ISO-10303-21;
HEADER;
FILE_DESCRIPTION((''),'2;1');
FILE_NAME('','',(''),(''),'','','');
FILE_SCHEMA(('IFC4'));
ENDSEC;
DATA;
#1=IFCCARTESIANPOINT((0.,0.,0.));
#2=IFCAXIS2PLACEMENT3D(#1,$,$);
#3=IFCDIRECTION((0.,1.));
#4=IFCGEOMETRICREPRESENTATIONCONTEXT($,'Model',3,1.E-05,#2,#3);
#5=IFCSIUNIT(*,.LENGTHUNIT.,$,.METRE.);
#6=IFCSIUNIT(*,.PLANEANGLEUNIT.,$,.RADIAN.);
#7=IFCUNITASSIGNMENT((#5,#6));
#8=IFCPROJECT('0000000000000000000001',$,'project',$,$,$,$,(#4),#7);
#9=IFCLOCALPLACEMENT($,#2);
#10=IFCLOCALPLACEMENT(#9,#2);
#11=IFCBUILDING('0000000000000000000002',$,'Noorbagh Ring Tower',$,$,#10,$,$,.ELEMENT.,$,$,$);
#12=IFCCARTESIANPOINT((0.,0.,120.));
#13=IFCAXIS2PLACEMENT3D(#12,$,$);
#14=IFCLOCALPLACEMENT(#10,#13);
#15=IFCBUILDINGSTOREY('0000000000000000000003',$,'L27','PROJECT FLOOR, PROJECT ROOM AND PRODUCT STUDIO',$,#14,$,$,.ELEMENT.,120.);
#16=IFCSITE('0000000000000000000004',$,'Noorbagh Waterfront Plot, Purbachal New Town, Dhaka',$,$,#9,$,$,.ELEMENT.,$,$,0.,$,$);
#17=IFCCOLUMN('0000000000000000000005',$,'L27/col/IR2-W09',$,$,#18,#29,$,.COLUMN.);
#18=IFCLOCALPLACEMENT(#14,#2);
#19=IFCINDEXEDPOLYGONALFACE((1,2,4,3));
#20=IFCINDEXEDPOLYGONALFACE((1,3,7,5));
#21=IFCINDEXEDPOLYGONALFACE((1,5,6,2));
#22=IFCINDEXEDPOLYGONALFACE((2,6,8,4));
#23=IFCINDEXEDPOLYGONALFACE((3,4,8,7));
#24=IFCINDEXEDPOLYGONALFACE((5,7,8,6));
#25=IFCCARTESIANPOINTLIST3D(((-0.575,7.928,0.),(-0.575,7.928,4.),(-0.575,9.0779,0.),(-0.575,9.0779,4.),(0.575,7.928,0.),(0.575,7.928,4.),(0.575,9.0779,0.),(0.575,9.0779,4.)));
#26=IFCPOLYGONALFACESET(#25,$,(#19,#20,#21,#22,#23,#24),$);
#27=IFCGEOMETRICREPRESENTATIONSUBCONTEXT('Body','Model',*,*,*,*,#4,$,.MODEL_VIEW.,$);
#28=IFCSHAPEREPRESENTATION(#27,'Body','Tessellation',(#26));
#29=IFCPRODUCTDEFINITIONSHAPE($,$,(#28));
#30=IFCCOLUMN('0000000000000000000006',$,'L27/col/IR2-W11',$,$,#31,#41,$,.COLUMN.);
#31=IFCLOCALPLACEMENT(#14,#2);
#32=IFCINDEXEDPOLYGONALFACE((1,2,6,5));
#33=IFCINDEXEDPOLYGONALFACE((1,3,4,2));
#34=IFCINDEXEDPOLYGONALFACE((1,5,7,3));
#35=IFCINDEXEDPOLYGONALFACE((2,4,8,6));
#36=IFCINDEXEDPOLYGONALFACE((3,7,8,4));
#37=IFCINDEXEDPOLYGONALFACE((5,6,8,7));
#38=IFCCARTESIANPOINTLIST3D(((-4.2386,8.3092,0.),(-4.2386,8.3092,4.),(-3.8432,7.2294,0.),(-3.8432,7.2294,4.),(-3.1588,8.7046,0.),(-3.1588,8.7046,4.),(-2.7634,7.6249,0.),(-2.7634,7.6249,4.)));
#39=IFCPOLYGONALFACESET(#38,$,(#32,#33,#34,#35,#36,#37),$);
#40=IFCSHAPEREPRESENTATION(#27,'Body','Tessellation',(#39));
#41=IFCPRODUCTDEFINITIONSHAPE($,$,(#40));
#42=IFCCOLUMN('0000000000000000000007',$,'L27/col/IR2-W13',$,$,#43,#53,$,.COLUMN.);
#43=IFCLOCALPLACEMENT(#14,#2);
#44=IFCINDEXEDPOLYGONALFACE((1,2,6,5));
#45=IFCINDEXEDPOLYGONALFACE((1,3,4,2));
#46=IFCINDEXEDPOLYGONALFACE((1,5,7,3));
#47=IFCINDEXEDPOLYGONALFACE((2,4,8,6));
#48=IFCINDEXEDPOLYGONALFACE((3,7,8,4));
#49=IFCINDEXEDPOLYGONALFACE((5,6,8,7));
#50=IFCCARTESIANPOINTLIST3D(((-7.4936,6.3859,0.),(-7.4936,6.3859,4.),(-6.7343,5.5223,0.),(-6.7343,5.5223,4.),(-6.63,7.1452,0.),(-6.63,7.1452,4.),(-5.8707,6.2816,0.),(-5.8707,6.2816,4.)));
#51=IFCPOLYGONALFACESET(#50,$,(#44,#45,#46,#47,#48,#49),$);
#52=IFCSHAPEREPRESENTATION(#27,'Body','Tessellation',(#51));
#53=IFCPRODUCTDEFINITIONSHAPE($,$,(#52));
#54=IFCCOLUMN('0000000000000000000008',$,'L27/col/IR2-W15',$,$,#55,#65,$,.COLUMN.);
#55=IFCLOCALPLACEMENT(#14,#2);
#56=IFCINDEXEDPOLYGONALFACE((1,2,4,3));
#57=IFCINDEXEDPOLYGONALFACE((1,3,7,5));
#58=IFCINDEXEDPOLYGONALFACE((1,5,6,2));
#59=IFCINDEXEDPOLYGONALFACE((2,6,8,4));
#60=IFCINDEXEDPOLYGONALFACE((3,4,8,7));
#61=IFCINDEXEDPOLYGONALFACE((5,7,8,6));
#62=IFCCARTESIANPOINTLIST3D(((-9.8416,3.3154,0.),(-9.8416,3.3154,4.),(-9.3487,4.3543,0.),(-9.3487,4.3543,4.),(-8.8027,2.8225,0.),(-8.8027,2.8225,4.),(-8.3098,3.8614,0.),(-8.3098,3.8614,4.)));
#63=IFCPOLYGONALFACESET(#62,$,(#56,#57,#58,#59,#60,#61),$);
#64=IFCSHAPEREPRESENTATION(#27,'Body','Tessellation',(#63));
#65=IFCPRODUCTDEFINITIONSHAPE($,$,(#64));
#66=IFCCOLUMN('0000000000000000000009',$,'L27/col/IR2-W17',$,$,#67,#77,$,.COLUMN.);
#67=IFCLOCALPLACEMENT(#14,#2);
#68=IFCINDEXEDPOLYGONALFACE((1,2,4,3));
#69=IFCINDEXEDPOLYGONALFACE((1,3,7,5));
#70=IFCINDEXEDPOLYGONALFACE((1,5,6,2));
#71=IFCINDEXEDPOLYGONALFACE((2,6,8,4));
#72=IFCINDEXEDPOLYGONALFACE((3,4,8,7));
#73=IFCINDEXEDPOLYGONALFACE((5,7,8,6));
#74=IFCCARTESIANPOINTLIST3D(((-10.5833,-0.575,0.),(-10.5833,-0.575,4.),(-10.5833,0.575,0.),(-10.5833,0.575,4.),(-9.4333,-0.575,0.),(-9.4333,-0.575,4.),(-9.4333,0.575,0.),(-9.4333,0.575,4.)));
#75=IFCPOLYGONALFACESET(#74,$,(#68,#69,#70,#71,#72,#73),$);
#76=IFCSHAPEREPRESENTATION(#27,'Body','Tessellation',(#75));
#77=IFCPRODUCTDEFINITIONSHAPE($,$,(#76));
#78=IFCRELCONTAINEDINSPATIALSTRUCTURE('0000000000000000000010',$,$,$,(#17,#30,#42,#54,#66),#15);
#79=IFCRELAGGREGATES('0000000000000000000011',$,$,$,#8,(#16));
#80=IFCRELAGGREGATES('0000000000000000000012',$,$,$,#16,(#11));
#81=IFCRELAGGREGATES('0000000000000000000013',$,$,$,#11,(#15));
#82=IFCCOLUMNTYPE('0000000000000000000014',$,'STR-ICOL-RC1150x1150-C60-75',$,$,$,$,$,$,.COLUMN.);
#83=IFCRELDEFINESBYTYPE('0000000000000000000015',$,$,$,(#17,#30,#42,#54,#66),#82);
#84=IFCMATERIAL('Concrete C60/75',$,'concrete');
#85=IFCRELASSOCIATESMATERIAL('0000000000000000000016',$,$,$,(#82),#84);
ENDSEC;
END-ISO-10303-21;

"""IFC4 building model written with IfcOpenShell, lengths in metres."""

from ifc_helpers import new_model, si_unit, direction, frame, origin, origin_2d, place, context, subcontext, project, spatial, rectangle, extrude, material, material_profile, profile_set, type_object, element, save


model = new_model("IFC4")

# Units and contexts
model_context = context("Model", 3, precision=1e-05, world=origin(), true_north=direction((0.0, 1.0)))
body_context = subcontext(model_context, "Body", "Model", "MODEL_VIEW")
ifc_project = project(units=[si_unit("LENGTHUNIT", "METRE"), si_unit("PLANEANGLEUNIT", "RADIAN")], contexts=[model_context])

# Site, building, storey
site_placement = place(None, origin())
site = spatial("IfcSite", under=ifc_project, at=site_placement, Name="Noorbagh Waterfront Plot, Purbachal New Town, Dhaka", CompositionType="ELEMENT", RefElevation=0.0)
building_placement = place(site_placement, origin())
building = spatial("IfcBuilding", under=site, at=building_placement, Name="Noorbagh Ring Tower", CompositionType="ELEMENT")
storey_placement = place(building_placement, frame((0.0, 0.0, 120.0)))
storey = spatial("IfcBuildingStorey", under=building, at=storey_placement, Name="L27", Description="PROJECT FLOOR, PROJECT ROOM AND PRODUCT STUDIO", CompositionType="ELEMENT", Elevation=120.0)

# Columns
ifc_material_1 = material(Name="Concrete C60/75", Category="concrete")
ifc_material_profile_1 = material_profile(ifc_material_1, rectangle(XDim=1.1499, YDim=1.1499, at=origin_2d()), Name="RC1150x1150")
ifc_profile_set_1 = profile_set([ifc_material_profile_1], Name="Concrete C60/75")
column_type = type_object("IfcColumnType", Name="STR-ICOL-RC1150x1150-C60-75", PredefinedType="COLUMN", material=ifc_profile_set_1)
for number, where, z_axis, x_axis, name in (
    (1, (0.0, 8.5029, 0.0), (0.0, 0.0, 1.0), (-1.0, 0.0, 0.0), "L27/col/IR2-W09"),
    (2, (-3.501, 7.967, 0.0), (0.0, 0.0, 1.0), (-0.93902, -0.343864, 0.0), "L27/col/IR2-W11"),
    (3, (-6.6821, 6.3337, 0.0), (0.0, 0.0, 1.0), (-0.751022, -0.660277, 0.0), "L27/col/IR2-W13"),
    (4, (-9.0757, 3.5884, 0.0), (0.0, 0.0, 1.0), (-0.428667, -0.903463, 0.0), "L27/col/IR2-W15"),
    (5, (-10.0083, 0.0, 0.0), (0.0, 0.0, 1.0), (0.0, -1.0, 0.0), "L27/col/IR2-W17"),
):
    element("IfcColumn", number, at=place(storey_placement, frame(where, z_axis=z_axis, x_axis=x_axis)), inside=storey, type_object=column_type, Name=name, PredefinedType="COLUMN", context=body_context, shape_type="SweptSolid", body=[
        extrude(rectangle(XDim=1.1499, YDim=1.1499, at=origin_2d()), origin(), (0.0, 0.0, 1.0), 4.0),
    ])

save(model, "model.ifc")
